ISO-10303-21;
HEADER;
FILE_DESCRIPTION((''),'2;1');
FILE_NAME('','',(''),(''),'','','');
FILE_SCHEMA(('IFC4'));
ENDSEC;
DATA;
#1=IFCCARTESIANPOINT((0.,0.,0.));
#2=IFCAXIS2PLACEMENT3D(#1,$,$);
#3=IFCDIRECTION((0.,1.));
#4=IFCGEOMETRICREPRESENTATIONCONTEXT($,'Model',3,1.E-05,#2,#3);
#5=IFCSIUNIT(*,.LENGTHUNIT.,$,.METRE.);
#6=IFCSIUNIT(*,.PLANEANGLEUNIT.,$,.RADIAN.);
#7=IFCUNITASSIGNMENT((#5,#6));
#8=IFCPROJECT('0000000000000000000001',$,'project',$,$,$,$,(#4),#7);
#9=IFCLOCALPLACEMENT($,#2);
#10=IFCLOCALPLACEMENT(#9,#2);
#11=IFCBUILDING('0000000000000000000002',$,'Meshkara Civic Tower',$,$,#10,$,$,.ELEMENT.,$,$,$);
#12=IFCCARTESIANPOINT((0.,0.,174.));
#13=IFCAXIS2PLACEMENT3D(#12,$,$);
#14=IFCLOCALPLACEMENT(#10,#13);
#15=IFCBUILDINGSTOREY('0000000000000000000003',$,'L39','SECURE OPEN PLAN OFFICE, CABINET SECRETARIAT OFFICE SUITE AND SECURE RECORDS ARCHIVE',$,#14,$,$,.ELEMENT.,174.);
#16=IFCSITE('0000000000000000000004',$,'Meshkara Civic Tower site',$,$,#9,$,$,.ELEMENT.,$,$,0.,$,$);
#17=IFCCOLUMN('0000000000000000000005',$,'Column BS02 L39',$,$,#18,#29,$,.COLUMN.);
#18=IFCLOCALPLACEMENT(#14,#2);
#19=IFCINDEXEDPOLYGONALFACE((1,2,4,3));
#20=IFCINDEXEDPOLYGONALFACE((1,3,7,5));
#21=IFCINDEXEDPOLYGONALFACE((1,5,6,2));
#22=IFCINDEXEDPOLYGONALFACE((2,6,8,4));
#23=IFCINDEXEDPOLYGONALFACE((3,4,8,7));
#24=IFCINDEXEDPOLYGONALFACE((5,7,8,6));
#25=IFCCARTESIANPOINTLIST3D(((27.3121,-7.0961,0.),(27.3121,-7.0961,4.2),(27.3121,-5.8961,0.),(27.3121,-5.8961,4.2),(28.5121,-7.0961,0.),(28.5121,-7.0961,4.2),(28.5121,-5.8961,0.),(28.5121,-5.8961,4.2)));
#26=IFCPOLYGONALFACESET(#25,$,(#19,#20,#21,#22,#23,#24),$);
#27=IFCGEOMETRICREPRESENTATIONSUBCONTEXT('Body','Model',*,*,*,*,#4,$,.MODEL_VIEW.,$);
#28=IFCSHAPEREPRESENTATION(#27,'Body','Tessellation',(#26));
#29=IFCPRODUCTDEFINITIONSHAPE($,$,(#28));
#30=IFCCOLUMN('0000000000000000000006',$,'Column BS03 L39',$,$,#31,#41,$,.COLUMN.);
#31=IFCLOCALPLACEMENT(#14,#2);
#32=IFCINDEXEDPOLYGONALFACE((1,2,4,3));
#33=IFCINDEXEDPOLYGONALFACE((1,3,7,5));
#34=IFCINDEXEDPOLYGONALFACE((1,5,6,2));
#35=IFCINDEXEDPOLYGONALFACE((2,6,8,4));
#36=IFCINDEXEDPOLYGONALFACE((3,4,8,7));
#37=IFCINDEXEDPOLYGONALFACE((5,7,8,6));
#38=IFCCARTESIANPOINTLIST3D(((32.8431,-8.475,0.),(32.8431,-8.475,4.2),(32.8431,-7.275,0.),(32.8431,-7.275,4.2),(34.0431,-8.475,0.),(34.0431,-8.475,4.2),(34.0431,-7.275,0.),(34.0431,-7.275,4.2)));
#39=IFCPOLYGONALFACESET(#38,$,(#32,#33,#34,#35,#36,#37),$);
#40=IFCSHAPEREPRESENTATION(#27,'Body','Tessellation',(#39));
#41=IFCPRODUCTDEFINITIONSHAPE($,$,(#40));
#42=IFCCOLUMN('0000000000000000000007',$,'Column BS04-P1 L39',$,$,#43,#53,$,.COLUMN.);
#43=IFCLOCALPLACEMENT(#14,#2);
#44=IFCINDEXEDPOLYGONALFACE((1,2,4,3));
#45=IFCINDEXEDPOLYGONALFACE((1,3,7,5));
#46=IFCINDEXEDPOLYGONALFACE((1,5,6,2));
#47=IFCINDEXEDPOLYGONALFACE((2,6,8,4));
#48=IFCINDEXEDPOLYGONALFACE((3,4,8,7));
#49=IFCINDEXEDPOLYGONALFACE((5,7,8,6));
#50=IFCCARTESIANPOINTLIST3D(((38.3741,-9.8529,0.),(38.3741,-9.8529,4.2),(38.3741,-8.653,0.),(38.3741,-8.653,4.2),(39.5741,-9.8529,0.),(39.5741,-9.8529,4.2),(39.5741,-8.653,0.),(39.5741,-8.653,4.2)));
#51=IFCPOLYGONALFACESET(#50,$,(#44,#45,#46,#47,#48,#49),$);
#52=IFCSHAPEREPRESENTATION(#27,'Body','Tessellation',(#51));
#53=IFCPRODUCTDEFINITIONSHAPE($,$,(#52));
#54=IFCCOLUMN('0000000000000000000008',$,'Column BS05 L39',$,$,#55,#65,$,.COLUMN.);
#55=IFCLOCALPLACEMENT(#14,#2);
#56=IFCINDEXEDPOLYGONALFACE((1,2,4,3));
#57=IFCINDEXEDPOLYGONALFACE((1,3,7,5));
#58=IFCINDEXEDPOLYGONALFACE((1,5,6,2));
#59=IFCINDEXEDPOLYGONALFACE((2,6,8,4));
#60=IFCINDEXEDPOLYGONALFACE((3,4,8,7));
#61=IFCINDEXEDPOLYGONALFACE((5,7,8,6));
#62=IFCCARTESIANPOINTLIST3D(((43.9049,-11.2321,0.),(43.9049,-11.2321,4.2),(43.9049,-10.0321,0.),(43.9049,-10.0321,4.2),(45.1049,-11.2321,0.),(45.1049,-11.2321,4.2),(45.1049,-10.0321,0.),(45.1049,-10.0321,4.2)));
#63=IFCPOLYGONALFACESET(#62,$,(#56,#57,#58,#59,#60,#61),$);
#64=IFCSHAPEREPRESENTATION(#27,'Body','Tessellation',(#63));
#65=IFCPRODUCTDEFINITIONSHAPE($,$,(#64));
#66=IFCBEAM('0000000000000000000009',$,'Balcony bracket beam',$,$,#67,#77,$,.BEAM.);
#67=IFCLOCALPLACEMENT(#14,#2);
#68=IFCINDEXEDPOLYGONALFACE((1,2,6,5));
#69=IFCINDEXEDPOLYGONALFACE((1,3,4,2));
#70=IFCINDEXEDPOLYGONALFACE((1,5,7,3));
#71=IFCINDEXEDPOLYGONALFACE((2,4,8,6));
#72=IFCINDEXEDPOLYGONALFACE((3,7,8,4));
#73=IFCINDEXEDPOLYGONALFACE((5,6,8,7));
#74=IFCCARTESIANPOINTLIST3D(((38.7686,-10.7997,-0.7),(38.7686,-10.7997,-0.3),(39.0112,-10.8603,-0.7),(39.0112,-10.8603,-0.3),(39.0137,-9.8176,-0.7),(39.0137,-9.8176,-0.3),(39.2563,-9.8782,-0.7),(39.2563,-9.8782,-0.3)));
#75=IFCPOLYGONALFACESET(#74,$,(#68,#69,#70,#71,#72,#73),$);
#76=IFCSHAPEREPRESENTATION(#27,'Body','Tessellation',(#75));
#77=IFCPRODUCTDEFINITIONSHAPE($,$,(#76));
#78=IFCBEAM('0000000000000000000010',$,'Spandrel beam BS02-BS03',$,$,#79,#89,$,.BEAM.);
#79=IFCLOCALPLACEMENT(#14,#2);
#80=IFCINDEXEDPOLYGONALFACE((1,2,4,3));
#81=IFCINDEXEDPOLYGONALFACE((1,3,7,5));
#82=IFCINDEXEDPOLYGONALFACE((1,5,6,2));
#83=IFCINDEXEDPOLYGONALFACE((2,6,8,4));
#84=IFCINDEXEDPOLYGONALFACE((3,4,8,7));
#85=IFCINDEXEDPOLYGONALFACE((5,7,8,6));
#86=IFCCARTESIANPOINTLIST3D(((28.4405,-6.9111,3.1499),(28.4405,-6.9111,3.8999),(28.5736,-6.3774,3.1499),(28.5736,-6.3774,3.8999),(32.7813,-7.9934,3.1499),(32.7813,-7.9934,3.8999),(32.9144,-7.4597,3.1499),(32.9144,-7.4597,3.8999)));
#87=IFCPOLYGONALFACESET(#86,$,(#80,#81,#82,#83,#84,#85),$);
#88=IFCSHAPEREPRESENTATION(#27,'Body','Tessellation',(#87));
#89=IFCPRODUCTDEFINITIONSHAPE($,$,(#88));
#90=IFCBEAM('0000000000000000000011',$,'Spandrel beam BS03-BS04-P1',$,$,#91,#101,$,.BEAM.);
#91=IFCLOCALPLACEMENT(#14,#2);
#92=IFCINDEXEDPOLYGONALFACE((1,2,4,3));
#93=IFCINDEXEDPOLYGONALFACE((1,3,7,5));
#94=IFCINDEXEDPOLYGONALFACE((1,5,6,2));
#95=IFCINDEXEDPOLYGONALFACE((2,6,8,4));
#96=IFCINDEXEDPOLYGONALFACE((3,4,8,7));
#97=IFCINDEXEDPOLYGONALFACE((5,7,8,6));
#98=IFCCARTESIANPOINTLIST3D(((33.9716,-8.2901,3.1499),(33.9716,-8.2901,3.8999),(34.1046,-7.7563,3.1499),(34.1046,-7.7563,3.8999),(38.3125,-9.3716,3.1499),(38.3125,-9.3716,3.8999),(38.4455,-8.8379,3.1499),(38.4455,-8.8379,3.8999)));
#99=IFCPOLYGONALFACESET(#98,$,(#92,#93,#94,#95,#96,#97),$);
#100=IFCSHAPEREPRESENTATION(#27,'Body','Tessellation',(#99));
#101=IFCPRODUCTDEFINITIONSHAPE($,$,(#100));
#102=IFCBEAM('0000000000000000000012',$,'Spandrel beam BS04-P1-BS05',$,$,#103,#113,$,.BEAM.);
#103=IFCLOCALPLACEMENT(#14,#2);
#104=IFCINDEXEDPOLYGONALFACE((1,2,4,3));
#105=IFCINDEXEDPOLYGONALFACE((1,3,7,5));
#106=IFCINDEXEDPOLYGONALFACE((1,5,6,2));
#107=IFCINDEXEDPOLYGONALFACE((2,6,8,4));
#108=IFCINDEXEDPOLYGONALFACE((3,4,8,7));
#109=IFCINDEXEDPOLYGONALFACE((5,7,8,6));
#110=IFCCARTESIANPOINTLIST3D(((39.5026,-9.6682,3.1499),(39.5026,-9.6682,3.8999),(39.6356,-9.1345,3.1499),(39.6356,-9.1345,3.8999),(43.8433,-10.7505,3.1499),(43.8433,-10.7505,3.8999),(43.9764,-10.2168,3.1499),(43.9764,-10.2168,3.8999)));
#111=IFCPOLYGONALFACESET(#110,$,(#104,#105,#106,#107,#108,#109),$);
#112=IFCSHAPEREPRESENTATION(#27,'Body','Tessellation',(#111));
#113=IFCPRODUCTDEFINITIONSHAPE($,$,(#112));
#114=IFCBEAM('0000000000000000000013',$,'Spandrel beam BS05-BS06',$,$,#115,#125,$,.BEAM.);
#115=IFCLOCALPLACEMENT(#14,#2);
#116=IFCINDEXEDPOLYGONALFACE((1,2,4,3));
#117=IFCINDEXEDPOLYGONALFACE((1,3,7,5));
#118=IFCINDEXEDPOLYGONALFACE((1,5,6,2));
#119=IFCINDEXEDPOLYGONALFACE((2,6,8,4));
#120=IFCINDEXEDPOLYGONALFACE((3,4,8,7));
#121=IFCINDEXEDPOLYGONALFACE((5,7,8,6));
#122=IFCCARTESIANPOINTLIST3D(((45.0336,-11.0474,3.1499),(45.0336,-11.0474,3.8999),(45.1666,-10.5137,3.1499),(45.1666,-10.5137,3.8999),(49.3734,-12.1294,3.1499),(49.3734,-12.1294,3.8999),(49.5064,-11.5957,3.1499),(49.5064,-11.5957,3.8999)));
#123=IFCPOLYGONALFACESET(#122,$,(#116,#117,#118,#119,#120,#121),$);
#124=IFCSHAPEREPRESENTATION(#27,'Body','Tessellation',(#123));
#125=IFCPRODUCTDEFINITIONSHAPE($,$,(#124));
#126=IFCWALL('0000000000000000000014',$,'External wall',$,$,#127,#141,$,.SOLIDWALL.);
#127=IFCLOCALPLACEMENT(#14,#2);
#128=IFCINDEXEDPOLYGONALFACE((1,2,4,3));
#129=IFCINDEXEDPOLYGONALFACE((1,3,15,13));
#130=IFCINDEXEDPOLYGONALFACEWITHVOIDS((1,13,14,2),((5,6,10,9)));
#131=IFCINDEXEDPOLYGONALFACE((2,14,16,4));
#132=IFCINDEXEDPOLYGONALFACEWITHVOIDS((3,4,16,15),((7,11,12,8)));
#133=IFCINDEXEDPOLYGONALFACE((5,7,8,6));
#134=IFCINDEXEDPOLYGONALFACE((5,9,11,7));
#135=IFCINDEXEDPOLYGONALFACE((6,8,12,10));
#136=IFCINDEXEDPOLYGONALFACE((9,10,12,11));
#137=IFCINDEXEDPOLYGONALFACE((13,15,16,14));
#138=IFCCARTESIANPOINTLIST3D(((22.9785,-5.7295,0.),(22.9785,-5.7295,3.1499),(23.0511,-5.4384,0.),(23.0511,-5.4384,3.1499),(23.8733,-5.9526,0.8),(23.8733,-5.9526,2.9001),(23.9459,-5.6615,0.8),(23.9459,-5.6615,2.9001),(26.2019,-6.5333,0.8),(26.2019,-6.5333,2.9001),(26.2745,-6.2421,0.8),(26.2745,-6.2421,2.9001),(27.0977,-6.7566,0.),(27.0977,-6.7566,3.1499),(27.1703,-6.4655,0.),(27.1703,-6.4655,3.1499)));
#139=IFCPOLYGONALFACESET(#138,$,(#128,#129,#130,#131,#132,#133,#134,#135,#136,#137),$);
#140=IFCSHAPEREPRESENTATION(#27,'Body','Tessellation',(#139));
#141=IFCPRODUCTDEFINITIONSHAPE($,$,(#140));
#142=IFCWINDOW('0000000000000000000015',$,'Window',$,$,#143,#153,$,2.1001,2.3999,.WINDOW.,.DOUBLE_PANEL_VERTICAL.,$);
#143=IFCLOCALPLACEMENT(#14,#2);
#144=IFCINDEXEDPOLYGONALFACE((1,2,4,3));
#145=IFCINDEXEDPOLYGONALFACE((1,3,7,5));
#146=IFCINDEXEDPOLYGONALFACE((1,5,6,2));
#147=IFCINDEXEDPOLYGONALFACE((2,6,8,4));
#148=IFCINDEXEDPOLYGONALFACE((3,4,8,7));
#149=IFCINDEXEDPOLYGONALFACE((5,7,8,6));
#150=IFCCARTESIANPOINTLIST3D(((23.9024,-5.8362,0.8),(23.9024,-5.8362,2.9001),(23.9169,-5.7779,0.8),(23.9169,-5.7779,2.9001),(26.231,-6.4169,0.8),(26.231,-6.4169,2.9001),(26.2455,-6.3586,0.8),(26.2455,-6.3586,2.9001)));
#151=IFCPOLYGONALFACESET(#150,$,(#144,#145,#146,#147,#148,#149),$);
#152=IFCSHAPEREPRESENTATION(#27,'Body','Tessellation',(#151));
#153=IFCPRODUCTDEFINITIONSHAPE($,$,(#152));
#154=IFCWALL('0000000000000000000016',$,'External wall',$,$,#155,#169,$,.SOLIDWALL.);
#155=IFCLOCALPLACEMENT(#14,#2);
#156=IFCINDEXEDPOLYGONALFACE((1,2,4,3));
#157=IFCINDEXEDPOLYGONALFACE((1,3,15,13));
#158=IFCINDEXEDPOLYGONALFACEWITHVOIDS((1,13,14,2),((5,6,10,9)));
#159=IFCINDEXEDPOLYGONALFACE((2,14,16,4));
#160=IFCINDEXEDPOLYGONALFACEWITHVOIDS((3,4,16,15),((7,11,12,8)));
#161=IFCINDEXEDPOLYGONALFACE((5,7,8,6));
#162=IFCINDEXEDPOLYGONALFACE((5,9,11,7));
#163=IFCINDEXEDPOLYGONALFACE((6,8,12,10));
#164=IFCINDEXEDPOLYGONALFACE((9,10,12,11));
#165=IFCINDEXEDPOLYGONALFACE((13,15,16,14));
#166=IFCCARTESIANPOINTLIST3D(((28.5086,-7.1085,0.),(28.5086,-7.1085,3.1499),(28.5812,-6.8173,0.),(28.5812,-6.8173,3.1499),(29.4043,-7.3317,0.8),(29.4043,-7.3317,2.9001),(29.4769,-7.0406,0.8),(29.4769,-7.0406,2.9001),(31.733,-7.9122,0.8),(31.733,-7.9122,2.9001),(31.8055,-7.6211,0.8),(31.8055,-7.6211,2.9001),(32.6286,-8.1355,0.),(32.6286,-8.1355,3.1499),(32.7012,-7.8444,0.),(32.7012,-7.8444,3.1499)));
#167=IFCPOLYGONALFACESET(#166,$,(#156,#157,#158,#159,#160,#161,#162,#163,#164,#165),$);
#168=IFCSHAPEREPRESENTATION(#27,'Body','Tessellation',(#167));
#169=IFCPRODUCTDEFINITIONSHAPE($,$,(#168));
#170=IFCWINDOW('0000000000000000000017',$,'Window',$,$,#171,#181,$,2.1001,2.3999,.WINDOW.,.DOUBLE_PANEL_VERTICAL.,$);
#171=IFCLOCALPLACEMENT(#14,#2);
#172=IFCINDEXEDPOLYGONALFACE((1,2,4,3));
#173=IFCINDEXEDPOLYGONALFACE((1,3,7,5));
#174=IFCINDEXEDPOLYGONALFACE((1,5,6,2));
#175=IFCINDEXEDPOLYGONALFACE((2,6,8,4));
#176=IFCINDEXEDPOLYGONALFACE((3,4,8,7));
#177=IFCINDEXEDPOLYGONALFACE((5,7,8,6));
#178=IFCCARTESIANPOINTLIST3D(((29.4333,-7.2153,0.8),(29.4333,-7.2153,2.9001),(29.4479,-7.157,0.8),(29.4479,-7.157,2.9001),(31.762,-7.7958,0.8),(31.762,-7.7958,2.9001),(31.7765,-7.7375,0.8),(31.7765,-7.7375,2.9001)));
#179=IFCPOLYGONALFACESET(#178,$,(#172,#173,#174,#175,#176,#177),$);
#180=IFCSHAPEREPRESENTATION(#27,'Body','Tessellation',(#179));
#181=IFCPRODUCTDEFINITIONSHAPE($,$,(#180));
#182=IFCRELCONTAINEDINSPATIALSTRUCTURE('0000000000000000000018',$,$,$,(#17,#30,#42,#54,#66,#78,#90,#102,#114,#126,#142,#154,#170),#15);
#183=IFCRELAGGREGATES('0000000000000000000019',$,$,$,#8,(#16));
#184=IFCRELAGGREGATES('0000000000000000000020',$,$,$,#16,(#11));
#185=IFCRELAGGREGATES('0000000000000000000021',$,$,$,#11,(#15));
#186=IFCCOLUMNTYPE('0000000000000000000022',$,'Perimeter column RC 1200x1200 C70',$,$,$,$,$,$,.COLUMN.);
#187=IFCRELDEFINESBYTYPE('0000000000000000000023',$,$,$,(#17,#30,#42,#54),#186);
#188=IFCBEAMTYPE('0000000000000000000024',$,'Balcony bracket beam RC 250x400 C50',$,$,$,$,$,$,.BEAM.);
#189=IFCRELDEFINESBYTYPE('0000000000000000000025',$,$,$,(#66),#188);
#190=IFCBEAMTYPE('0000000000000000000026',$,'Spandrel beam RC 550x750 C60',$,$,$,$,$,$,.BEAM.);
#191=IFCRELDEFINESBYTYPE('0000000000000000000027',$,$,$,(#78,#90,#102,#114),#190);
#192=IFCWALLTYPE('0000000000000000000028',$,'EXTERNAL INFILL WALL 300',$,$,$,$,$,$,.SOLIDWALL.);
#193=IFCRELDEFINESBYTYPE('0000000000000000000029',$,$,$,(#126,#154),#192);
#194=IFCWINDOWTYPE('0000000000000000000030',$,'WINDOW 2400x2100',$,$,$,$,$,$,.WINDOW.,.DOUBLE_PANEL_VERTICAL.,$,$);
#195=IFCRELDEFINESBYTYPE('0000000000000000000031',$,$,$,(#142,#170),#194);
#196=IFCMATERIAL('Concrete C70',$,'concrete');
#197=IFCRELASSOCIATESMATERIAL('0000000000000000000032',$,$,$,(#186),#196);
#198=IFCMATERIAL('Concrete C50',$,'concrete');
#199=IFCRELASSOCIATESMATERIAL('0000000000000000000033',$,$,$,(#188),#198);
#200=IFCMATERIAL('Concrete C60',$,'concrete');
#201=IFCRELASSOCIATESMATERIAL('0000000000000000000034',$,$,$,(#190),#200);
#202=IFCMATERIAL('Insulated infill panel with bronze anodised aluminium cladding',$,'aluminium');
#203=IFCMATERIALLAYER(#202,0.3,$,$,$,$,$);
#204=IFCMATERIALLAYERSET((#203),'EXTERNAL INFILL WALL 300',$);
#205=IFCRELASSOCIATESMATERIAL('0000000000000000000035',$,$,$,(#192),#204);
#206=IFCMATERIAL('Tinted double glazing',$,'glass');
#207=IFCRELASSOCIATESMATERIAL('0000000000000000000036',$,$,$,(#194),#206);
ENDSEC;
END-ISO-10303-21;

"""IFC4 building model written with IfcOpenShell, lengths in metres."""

from ifc_helpers import new_model, si_unit, direction, frame, frame_2d, origin, origin_2d, place, context, subcontext, project, spatial, rectangle, extrude, material, layer, layer_set, material_profile, profile_set, type_object, element, fill, save


model = new_model("IFC4")

# Units and contexts
model_context = context("Model", 3, precision=1e-05, world=origin(), true_north=direction((0.0, 1.0)))
body_context = subcontext(model_context, "Body", "Model", "MODEL_VIEW")
ifc_project = project(units=[si_unit("LENGTHUNIT", "METRE"), si_unit("PLANEANGLEUNIT", "RADIAN")], contexts=[model_context])

# Site, building, storey
site_placement = place(None, origin())
site = spatial("IfcSite", under=ifc_project, at=site_placement, Name="Meshkara Civic Tower site", CompositionType="ELEMENT", RefElevation=0.0)
building_placement = place(site_placement, origin())
building = spatial("IfcBuilding", under=site, at=building_placement, Name="Meshkara Civic Tower", CompositionType="ELEMENT")
storey_placement = place(building_placement, frame((0.0, 0.0, 174.0)))
storey = spatial("IfcBuildingStorey", under=building, at=storey_placement, Name="L39", Description="SECURE OPEN PLAN OFFICE, CABINET SECRETARIAT OFFICE SUITE AND SECURE RECORDS ARCHIVE", CompositionType="ELEMENT", Elevation=174.0)

# Columns
ifc_material_1 = material(Name="Concrete C70", Category="concrete")
ifc_material_profile_1 = material_profile(ifc_material_1, rectangle(XDim=1.2, YDim=1.2, at=origin_2d()))
ifc_profile_set_1 = profile_set([ifc_material_profile_1], Name="Concrete C70")
column_type = type_object("IfcColumnType", Name="Perimeter column RC 1200x1200 C70", PredefinedType="COLUMN", material=ifc_profile_set_1)
for number, where, z_axis, x_axis, name in (
    (1, (27.9121, -6.4961, 0.0), (0.0, 0.0, 1.0), (1.0, 0.0, 0.0), "Column BS02 L39"),
    (2, (33.4431, -7.875, 0.0), (0.0, 0.0, 1.0), (1.0, 0.0, 0.0), "Column BS03 L39"),
    (3, (38.9741, -9.2529, 0.0), (0.0, 0.0, 1.0), (1.0, 0.0, 0.0), "Column BS04-P1 L39"),
    (4, (44.5049, -10.6321, 0.0), (0.0, 0.0, 1.0), (1.0, 0.0, 0.0), "Column BS05 L39"),
):
    element("IfcColumn", number, at=place(storey_placement, frame(where, z_axis=z_axis, x_axis=x_axis)), inside=storey, type_object=column_type, Name=name, PredefinedType="COLUMN", context=body_context, shape_type="SweptSolid", body=[
        extrude(rectangle(XDim=1.2, YDim=1.2, at=origin_2d()), origin(), (0.0, 0.0, 1.0), 4.2),
    ])

# Beams
ifc_material_2 = material(Name="Concrete C50", Category="concrete")
ifc_material_profile_2 = material_profile(ifc_material_2, rectangle(XDim=0.25, YDim=0.3999, at=origin_2d()))
ifc_profile_set_2 = profile_set([ifc_material_profile_2], Name="Concrete C50")
beam_type_1 = type_object("IfcBeamType", Name="Balcony bracket beam RC 250x400 C50", PredefinedType="BEAM", material=ifc_profile_set_2)
beam_1_placement = place(storey_placement, frame((39.135, -9.8479, -0.5), z_axis=(-0.242138, -0.970242, 0.0), x_axis=(0.970242, -0.242138, 0.0)))
element("IfcBeam", 5, at=beam_1_placement, inside=storey, type_object=beam_type_1, Name="Balcony bracket beam", PredefinedType="BEAM", context=body_context, shape_type="SweptSolid", body=[
    extrude(rectangle(XDim=0.25, YDim=0.3999, at=origin_2d()), origin(), (0.0, 0.0, 1.0), 1.0122),
])
ifc_material_3 = material(Name="Concrete C60", Category="concrete")
ifc_material_profile_3 = material_profile(ifc_material_3, rectangle(XDim=0.55, YDim=0.75, at=origin_2d()))
ifc_profile_set_3 = profile_set([ifc_material_profile_3], Name="Concrete C60")
beam_type_2 = type_object("IfcBeamType", Name="Spandrel beam RC 550x750 C60", PredefinedType="BEAM", material=ifc_profile_set_3)
for number, where, z_axis, x_axis, name in (
    (6, (28.5071, -6.6443, 3.5249), (0.970296, -0.241919, 0.0), (0.241919, 0.970296, 0.0), "Spandrel beam BS02-BS03"),
    (7, (34.0381, -8.0232, 3.5249), (0.970335, -0.241765, 0.0), (0.241765, 0.970335, 0.0), "Spandrel beam BS03-BS04-P1"),
    (8, (39.5691, -9.4014, 3.5249), (0.970296, -0.241919, 0.0), (0.241919, 0.970296, 0.0), "Spandrel beam BS04-P1-BS05"),
):
    element("IfcBeam", number, at=place(storey_placement, frame(where, z_axis=z_axis, x_axis=x_axis)), inside=storey, type_object=beam_type_2, Name=name, PredefinedType="BEAM", context=body_context, shape_type="SweptSolid", body=[
        extrude(rectangle(XDim=0.55, YDim=0.75, at=origin_2d()), origin(), (0.0, 0.0, 1.0), 4.4736),
    ])
beam_2_placement = place(storey_placement, frame((45.1001, -10.7805, 3.5249), z_axis=(0.970296, -0.241919, 0.0), x_axis=(0.241919, 0.970296, 0.0)))
element("IfcBeam", 9, at=beam_2_placement, inside=storey, type_object=beam_type_2, Name="Spandrel beam BS05-BS06", PredefinedType="BEAM", context=body_context, shape_type="SweptSolid", body=[
    extrude(rectangle(XDim=0.55, YDim=0.75, at=origin_2d()), origin(), (0.0, 0.0, 1.0), 4.4727),
])

# Walls, openings, windows
ifc_material_4 = material(Name="Insulated infill panel with bronze anodised aluminium cladding", Category="aluminium")
ifc_layer_1 = layer(ifc_material_4, 0.3)
ifc_layer_set_1 = layer_set([ifc_layer_1], Name="EXTERNAL INFILL WALL 300")
wall_type_1 = type_object("IfcWallType", Name="EXTERNAL INFILL WALL 300", PredefinedType="SOLIDWALL", material=ifc_layer_set_1)
wall_1_placement = place(storey_placement, frame((23.0149, -5.584, 0.0), z_axis=(0.0, 0.0, 1.0), x_axis=(0.970291, -0.24194, 0.0)))
wall_1 = element("IfcWall", 10, at=wall_1_placement, inside=storey, type_object=wall_type_1, Name="External wall", PredefinedType="SOLIDWALL", context=body_context, shape_type="SweptSolid", body=[
    extrude(rectangle(XDim=4.2454, YDim=0.3, at=frame_2d((2.1226, 0.0))), origin(), (0.0, 0.0, 1.0), 3.1499),
])
opening_1_placement = place(wall_1_placement, frame((0.9221, 0.0, 0.8)))
opening_1 = element("IfcOpeningElement", 11, at=opening_1_placement, cuts=wall_1, PredefinedType="OPENING", context=body_context, shape_type="SweptSolid", body=[
    extrude(rectangle(XDim=2.3999, YDim=2.1001, at=frame_2d((1.2, 1.05))), frame((0.0, 0.1599, 0.0), z_axis=(0.0, -1.0, 0.0), x_axis=(1.0, 0.0, 0.0)), (0.0, 0.0, 1.0), 0.3201),
])
ifc_material_5 = material(Name="Tinted double glazing", Category="glass")
window_type = type_object("IfcWindowType", Name="WINDOW 2400x2100", PartitioningType="DOUBLE_PANEL_VERTICAL", PredefinedType="WINDOW", material=ifc_material_5)
window_1_placement = place(opening_1_placement, origin())
window_1 = element("IfcWindow", 12, at=window_1_placement, inside=storey, type_object=window_type, Name="Window", OverallHeight=2.1001, OverallWidth=2.3999, PartitioningType="DOUBLE_PANEL_VERTICAL", PredefinedType="WINDOW", context=body_context, shape_type="SweptSolid", body=[
    extrude(rectangle(XDim=2.3999, YDim=2.1001, at=frame_2d((1.2, 1.05))), frame((0.0, 0.03, 0.0), z_axis=(0.0, -1.0, 0.0), x_axis=(1.0, 0.0, 0.0)), (0.0, 0.0, 1.0), 0.0601),
])
fill(opening_1, window_1)
wall_2_placement = place(storey_placement, frame((28.5449, -6.9629, 0.0), z_axis=(0.0, 0.0, 1.0), x_axis=(0.970305, -0.241886, 0.0)))
wall_2 = element("IfcWall", 13, at=wall_2_placement, inside=storey, type_object=wall_type_1, Name="External wall", PredefinedType="SOLIDWALL", context=body_context, shape_type="SweptSolid", body=[
    extrude(rectangle(XDim=4.2461, YDim=0.3, at=frame_2d((2.123, 0.0))), origin(), (0.0, 0.0, 1.0), 3.1499),
])
opening_2_placement = place(wall_2_placement, frame((0.9231, 0.0, 0.8)))
opening_2 = element("IfcOpeningElement", 14, at=opening_2_placement, cuts=wall_2, PredefinedType="OPENING", context=body_context, shape_type="SweptSolid", body=[
    extrude(rectangle(XDim=2.3999, YDim=2.1001, at=frame_2d((1.2, 1.05))), frame((0.0, 0.1599, 0.0), z_axis=(0.0, -1.0, 0.0), x_axis=(1.0, 0.0, 0.0)), (0.0, 0.0, 1.0), 0.3201),
])
window_2_placement = place(opening_2_placement, origin())
window_2 = element("IfcWindow", 15, at=window_2_placement, inside=storey, type_object=window_type, Name="Window", OverallHeight=2.1001, OverallWidth=2.3999, PartitioningType="DOUBLE_PANEL_VERTICAL", PredefinedType="WINDOW", context=body_context, shape_type="SweptSolid", body=[
    extrude(rectangle(XDim=2.3999, YDim=2.1001, at=frame_2d((1.2, 1.05))), frame((0.0, 0.03, 0.0), z_axis=(0.0, -1.0, 0.0), x_axis=(1.0, 0.0, 0.0)), (0.0, 0.0, 1.0), 0.0601),
])
fill(opening_2, window_2)

save(model, "model.ifc")
